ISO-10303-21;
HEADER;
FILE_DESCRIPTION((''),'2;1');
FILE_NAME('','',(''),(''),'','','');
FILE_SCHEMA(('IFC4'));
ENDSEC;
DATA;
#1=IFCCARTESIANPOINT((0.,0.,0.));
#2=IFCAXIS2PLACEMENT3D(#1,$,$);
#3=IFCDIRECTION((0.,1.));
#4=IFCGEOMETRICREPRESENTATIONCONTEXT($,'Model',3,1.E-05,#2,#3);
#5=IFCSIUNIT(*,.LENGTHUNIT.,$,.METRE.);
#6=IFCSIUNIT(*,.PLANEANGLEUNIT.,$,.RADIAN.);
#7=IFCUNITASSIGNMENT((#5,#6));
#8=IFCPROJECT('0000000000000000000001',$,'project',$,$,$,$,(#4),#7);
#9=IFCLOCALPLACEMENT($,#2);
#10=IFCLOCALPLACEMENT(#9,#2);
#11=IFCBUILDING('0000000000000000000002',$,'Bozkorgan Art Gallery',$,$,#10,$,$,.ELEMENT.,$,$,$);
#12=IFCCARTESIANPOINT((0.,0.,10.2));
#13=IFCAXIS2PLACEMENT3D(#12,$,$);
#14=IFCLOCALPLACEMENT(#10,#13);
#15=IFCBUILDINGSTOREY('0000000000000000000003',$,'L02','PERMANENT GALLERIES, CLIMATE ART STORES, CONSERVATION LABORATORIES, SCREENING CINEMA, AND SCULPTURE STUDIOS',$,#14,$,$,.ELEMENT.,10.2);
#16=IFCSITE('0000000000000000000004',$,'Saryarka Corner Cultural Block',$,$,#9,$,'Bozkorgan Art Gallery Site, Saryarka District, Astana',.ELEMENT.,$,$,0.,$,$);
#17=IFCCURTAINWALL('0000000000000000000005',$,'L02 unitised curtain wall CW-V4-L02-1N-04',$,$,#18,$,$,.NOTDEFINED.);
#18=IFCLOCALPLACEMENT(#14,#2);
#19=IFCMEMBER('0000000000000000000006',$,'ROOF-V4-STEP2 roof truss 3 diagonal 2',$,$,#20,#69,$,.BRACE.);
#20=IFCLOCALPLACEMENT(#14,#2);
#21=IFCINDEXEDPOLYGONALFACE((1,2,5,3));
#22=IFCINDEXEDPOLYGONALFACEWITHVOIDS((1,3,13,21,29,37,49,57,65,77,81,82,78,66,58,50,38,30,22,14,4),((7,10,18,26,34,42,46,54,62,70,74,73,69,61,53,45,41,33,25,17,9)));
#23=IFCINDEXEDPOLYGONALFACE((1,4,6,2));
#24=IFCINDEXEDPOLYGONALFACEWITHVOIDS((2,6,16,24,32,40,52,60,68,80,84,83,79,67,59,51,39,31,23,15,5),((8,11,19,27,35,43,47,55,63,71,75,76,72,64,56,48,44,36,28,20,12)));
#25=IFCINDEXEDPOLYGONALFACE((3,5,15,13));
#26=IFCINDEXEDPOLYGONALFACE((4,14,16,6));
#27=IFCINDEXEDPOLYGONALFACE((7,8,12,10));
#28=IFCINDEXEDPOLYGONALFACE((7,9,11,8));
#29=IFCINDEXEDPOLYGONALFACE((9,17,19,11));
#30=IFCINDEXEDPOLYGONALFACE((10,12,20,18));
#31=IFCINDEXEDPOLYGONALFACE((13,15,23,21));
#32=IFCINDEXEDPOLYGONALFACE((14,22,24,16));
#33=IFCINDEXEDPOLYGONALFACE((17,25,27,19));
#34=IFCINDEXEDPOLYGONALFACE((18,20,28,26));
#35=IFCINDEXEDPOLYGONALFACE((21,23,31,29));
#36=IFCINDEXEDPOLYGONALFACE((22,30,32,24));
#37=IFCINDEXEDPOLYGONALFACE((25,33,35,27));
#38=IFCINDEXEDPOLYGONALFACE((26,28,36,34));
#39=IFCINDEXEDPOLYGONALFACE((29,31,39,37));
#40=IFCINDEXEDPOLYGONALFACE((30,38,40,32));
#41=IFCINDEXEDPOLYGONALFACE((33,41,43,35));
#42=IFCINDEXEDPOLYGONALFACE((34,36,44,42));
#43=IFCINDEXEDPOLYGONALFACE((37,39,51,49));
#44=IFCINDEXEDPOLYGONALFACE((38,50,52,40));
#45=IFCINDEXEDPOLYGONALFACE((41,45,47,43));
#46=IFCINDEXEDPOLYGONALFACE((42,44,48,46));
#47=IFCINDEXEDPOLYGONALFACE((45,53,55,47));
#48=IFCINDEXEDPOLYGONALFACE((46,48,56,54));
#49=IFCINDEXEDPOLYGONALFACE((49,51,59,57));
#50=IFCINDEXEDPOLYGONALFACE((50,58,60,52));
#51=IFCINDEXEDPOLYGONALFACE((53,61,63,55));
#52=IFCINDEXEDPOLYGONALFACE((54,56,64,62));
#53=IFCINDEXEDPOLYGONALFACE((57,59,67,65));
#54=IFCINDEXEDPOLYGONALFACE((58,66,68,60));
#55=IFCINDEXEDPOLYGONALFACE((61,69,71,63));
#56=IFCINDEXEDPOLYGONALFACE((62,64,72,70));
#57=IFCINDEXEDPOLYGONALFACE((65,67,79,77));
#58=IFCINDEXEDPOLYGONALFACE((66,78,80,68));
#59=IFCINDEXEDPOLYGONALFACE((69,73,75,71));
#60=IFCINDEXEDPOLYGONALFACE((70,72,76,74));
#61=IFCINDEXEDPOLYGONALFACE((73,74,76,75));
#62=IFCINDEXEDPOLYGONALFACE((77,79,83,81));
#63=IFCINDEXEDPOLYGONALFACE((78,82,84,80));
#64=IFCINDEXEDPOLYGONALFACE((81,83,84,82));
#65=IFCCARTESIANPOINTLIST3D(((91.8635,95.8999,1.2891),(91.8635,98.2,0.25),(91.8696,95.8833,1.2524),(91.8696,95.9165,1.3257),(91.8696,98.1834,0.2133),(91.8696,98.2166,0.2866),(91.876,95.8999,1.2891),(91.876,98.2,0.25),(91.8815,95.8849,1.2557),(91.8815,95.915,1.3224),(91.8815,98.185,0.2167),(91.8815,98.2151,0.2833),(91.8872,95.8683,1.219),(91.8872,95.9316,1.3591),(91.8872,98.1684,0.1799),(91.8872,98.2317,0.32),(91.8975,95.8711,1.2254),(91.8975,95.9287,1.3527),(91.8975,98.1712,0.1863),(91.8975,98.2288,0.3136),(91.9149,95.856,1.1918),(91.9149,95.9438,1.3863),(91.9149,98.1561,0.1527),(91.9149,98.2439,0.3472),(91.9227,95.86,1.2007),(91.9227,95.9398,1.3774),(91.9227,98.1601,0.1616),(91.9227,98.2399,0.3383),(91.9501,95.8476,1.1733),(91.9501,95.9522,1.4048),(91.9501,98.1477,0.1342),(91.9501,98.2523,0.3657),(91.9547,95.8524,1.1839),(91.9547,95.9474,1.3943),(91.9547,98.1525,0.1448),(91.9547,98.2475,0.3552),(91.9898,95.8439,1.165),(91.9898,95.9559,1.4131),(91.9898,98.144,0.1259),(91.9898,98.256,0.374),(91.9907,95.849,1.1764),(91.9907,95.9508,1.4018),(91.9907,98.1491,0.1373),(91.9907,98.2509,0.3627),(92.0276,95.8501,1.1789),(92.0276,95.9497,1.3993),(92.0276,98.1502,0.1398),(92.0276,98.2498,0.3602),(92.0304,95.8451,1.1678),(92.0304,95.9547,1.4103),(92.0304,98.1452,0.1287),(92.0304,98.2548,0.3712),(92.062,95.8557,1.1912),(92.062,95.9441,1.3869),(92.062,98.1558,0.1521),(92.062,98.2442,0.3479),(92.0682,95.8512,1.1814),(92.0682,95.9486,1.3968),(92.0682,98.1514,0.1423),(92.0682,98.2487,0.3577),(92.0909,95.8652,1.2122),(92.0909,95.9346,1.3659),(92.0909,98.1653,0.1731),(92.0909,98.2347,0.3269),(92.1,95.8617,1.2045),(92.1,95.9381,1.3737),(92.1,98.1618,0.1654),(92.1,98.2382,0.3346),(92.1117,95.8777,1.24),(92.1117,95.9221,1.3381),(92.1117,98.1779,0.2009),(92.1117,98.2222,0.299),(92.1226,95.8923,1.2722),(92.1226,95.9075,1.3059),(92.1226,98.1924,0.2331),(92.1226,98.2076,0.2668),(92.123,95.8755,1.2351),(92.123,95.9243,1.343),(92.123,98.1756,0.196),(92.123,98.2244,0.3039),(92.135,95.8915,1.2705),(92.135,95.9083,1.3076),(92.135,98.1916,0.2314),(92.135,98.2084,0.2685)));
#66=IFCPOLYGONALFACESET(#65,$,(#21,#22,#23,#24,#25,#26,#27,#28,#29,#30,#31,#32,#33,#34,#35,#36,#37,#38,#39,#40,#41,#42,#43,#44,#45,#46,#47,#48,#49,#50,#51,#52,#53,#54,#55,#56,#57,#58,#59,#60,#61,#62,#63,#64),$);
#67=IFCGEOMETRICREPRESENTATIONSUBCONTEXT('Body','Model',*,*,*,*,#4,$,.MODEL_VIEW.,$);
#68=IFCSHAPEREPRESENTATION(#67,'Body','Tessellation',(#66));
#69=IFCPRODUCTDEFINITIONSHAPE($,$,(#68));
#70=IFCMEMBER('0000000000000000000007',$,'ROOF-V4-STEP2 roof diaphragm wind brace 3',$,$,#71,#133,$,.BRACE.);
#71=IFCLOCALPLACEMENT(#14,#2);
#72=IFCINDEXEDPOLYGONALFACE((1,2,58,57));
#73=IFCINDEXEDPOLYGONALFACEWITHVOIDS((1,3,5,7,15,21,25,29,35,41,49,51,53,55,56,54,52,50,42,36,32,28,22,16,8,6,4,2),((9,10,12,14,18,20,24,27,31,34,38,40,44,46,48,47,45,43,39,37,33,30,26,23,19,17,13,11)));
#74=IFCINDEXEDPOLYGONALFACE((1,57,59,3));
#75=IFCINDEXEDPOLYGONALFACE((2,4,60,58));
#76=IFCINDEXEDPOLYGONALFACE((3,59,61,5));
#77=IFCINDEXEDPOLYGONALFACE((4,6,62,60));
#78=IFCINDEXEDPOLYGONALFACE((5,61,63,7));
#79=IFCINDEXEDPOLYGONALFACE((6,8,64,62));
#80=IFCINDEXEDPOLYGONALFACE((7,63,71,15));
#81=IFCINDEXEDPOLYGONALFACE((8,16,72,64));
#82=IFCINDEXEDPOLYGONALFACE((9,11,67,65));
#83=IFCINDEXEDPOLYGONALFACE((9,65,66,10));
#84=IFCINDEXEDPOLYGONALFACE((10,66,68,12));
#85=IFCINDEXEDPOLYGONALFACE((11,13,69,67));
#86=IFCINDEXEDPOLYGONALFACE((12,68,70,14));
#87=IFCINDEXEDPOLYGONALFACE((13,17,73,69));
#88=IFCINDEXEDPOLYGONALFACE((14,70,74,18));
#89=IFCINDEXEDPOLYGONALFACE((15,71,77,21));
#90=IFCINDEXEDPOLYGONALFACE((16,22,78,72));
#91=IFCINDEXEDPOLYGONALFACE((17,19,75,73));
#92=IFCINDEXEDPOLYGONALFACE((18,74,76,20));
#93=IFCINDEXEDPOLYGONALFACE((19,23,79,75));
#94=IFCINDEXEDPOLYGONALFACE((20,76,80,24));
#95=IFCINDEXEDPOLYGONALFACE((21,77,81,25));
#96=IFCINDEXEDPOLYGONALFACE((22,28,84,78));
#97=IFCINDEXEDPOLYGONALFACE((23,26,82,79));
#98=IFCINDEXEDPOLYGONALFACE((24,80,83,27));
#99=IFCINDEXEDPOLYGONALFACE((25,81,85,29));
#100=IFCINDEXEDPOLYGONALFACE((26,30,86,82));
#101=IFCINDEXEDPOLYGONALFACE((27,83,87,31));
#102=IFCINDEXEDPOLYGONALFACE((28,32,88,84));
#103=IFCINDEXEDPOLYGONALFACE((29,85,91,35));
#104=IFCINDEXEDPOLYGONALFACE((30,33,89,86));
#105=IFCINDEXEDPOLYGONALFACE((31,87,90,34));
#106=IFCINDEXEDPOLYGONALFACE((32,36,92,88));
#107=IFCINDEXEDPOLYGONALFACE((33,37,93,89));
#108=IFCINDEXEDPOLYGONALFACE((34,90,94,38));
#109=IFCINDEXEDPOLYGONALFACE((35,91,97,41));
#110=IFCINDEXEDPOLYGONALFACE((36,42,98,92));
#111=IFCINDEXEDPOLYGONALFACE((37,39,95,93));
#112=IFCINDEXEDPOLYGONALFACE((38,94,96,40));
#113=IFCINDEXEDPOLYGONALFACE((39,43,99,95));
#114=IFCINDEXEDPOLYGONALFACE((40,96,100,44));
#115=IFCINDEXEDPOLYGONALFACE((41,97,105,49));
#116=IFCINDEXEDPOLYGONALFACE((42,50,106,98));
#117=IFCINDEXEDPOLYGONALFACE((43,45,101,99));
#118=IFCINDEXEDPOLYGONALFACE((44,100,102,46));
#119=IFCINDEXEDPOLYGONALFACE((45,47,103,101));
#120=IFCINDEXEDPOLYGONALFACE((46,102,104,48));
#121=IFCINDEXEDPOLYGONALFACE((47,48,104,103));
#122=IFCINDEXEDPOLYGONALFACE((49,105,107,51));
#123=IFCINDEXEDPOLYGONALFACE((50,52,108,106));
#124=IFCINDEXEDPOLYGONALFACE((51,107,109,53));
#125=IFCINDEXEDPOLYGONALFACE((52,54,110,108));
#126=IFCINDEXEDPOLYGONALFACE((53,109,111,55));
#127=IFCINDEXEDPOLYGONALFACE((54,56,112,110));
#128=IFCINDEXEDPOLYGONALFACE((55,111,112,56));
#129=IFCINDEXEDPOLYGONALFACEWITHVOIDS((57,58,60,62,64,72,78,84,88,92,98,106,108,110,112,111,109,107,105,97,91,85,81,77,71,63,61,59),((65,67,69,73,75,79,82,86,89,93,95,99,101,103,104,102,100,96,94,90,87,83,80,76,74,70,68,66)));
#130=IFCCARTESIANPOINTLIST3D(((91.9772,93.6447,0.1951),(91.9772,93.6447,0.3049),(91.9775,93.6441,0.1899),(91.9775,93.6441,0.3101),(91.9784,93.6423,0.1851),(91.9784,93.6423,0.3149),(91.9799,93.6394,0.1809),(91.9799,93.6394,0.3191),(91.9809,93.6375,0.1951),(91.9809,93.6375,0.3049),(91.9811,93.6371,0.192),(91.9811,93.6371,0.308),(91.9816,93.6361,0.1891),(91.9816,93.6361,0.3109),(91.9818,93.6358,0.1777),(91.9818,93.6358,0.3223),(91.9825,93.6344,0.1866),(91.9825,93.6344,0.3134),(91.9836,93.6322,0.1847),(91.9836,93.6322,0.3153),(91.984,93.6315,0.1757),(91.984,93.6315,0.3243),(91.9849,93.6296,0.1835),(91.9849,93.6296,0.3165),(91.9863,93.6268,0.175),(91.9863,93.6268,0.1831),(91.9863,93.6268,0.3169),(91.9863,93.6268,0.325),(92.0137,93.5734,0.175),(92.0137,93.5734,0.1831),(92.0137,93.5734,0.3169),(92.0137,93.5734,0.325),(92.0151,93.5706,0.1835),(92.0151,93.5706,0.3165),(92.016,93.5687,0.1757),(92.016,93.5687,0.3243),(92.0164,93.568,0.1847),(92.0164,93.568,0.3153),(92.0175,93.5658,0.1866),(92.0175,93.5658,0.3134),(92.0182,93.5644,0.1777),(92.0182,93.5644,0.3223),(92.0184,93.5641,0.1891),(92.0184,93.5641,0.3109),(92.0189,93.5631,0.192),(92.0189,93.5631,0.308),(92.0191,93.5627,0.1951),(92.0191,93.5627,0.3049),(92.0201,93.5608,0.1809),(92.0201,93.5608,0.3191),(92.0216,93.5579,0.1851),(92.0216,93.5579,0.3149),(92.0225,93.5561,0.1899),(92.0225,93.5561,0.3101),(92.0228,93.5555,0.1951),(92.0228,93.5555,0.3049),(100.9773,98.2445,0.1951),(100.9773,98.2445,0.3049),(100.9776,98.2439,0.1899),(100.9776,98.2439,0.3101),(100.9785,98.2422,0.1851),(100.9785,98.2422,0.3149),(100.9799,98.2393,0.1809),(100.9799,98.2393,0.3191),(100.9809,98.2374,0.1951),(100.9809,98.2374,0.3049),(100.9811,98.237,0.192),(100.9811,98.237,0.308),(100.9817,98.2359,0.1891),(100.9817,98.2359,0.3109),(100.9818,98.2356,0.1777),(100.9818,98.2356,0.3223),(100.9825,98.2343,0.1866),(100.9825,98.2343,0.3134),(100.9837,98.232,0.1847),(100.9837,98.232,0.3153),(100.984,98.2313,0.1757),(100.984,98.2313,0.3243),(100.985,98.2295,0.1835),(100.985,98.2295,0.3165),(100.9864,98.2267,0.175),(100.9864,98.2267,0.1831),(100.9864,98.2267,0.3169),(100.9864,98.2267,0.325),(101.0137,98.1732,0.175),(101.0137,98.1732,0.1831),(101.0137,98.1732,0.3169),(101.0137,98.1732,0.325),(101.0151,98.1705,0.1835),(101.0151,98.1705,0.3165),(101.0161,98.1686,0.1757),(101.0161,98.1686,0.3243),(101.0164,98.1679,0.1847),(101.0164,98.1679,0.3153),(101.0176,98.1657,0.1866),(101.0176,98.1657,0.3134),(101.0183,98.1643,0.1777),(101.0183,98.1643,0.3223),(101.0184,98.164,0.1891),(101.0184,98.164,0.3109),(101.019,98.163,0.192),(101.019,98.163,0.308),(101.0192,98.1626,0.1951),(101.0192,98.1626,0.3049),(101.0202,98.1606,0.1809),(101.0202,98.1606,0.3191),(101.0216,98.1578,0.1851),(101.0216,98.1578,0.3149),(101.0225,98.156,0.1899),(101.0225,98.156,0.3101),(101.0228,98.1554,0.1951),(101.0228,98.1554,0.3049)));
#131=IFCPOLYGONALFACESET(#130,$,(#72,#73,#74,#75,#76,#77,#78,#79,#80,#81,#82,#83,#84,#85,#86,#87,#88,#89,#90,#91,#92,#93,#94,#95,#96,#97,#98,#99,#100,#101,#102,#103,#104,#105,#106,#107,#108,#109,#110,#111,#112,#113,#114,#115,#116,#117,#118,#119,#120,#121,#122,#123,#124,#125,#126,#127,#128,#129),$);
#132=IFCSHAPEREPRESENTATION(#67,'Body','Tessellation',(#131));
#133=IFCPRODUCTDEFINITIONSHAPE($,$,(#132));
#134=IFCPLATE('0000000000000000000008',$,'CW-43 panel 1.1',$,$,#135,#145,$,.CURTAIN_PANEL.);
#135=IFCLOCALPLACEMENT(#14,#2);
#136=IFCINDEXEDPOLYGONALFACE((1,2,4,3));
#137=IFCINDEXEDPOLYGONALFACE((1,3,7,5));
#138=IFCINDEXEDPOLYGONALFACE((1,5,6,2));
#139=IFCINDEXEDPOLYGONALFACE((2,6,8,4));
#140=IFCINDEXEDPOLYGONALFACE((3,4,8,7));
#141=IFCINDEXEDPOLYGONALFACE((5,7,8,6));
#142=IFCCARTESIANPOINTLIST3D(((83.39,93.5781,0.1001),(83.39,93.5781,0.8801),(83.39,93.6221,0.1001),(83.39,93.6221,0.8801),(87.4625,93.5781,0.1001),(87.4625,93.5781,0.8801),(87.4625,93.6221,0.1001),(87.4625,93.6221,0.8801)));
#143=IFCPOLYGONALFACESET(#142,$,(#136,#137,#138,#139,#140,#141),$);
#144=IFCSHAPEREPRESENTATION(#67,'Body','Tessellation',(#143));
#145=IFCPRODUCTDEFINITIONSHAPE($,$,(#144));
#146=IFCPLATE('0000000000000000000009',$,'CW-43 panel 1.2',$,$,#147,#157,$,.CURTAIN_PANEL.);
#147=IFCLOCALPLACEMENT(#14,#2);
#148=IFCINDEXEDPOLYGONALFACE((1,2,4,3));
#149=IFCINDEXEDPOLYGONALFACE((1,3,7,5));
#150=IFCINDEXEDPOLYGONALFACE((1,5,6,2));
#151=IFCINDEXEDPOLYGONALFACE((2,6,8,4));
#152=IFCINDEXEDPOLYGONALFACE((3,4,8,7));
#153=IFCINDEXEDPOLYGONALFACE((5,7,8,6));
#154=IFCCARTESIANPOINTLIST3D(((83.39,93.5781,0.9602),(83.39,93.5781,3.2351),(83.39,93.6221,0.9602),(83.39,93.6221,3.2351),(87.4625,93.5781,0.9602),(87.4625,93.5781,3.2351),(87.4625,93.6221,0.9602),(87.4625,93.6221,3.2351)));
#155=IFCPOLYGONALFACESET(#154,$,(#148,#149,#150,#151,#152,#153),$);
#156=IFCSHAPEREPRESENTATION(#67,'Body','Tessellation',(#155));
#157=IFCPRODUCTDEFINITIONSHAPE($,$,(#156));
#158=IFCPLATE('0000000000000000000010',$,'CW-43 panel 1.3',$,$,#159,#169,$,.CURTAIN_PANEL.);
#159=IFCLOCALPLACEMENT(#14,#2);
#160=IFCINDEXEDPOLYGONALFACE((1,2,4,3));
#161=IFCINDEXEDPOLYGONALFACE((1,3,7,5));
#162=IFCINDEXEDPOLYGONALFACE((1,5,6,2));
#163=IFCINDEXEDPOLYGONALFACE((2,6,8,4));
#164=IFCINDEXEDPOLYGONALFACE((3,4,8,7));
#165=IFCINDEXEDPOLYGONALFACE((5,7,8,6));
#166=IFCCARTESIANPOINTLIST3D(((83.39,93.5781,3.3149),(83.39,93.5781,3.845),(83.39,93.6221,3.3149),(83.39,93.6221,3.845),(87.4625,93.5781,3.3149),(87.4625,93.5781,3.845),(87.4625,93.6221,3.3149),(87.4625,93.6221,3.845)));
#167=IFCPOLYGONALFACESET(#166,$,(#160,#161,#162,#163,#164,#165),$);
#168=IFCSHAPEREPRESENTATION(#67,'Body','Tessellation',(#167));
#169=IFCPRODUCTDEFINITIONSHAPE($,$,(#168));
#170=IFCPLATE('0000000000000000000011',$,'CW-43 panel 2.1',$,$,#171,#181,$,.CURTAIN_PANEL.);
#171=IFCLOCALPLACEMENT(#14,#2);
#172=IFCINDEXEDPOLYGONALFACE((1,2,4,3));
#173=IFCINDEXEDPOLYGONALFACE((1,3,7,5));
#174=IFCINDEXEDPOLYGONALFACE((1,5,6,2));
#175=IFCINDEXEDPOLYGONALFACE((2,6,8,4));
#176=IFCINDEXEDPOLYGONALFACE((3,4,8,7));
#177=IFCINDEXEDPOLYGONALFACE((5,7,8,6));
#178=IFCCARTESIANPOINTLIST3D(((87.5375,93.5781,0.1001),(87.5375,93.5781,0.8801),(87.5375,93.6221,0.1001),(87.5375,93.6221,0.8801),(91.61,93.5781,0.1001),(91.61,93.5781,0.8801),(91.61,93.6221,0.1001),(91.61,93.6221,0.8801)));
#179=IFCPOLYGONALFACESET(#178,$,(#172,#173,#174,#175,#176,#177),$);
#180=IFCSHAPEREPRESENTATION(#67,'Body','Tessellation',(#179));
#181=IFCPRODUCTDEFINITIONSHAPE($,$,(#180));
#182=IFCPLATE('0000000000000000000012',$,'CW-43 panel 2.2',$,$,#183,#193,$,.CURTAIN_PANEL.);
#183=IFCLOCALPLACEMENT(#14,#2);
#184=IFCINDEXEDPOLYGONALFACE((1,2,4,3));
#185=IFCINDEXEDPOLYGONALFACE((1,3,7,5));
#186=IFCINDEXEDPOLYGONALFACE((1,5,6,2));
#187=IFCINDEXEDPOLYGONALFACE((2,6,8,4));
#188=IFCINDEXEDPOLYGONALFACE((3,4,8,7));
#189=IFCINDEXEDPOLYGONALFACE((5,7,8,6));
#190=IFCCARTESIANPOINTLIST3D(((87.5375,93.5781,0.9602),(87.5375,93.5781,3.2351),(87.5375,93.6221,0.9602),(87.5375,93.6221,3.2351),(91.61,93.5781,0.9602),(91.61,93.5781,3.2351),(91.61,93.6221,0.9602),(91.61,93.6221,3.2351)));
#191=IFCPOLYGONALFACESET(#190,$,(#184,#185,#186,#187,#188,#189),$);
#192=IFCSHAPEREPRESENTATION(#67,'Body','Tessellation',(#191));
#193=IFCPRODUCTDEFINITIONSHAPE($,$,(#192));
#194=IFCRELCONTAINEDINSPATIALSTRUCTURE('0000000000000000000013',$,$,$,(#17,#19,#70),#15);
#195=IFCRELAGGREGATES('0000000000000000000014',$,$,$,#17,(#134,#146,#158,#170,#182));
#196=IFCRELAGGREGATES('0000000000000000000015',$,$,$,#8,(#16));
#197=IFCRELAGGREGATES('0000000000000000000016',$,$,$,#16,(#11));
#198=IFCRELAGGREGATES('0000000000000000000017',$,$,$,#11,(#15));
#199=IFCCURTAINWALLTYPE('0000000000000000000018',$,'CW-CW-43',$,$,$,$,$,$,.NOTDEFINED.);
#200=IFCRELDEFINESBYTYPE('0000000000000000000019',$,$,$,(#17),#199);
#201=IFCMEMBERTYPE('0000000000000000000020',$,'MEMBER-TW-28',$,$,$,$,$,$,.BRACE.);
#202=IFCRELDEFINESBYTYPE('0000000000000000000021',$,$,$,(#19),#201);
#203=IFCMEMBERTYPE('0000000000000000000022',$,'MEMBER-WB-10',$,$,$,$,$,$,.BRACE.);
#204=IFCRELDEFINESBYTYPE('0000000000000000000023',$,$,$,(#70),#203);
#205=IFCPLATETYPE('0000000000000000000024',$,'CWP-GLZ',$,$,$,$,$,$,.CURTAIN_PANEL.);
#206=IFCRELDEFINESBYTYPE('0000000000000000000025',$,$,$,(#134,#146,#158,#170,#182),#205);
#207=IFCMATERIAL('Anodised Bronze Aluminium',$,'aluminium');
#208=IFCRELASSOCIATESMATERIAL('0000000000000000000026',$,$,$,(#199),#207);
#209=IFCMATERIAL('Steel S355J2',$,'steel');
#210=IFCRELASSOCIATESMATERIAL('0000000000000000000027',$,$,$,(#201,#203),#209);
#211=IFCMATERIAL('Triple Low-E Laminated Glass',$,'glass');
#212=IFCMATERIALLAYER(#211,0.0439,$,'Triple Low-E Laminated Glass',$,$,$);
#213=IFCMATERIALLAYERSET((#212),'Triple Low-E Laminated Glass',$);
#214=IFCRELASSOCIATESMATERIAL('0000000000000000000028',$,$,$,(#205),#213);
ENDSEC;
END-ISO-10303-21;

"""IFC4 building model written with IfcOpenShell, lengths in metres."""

from ifc_helpers import new_model, si_unit, direction, frame, origin, origin_2d, place, context, subcontext, project, spatial, rectangle, hollow_rectangle, hollow_circle, extrude, material, layer, layer_set, material_profile, profile_set, type_object, element, aggregate, save


model = new_model("IFC4")

# Units and contexts
model_context = context("Model", 3, precision=1e-05, world=origin(), true_north=direction((0.0, 1.0)))
body_context = subcontext(model_context, "Body", "Model", "MODEL_VIEW")
ifc_project = project(units=[si_unit("LENGTHUNIT", "METRE"), si_unit("PLANEANGLEUNIT", "RADIAN")], contexts=[model_context])

# Site, building, storey
site_placement = place(None, origin())
site = spatial("IfcSite", under=ifc_project, at=site_placement, Name="Saryarka Corner Cultural Block", LongName="Bozkorgan Art Gallery Site, Saryarka District, Astana", CompositionType="ELEMENT", RefElevation=0.0)
building_placement = place(site_placement, origin())
building = spatial("IfcBuilding", under=site, at=building_placement, Name="Bozkorgan Art Gallery", CompositionType="ELEMENT")
storey_placement = place(building_placement, frame((0.0, 0.0, 10.2)))
storey = spatial("IfcBuildingStorey", under=building, at=storey_placement, Name="L02", Description="PERMANENT GALLERIES, CLIMATE ART STORES, CONSERVATION LABORATORIES, SCREENING CINEMA, AND SCULPTURE STUDIOS", CompositionType="ELEMENT", Elevation=10.2)

# Shared definitions
ifc_material_1 = material(Name="Steel S355J2", Category="steel")

# Curtain wall
ifc_material_2 = material(Name="Anodised Bronze Aluminium", Category="aluminium")
curtain_wall_type = type_object("IfcCurtainWallType", Name="CW-CW-43", PredefinedType="NOTDEFINED", material=ifc_material_2)
curtain_wall_placement = place(storey_placement, origin())
curtain_wall = element("IfcCurtainWall", 1, at=curtain_wall_placement, inside=storey, type_object=curtain_wall_type, Name="L02 unitised curtain wall CW-V4-L02-1N-04", PredefinedType="NOTDEFINED")

# Members
ifc_material_profile_1 = material_profile(ifc_material_1, hollow_circle(Radius=0.1365, WallThickness=0.0125, at=origin_2d()), Name="CHS 273x12.5")
ifc_profile_set_1 = profile_set([ifc_material_profile_1], Name="Steel S355J2")
member_type_1 = type_object("IfcMemberType", Name="MEMBER-TW-28", PredefinedType="BRACE", material=ifc_profile_set_1)
member_1_placement = place(storey_placement, frame((92.0, 95.8999, 1.2891), z_axis=(0.0, 0.911321, -0.411696), x_axis=(-1.0, 0.0, 0.0)))
element("IfcMember", 2, at=member_1_placement, inside=storey, type_object=member_type_1, Name="ROOF-V4-STEP2 roof truss 3 diagonal 2", PredefinedType="BRACE", context=body_context, shape_type="SweptSolid", body=[
    extrude(hollow_circle(Radius=0.1365, WallThickness=0.0125, at=origin_2d()), origin(), (0.0, 0.0, 1.0), 2.5239),
])
ifc_material_profile_2 = material_profile(ifc_material_1, hollow_rectangle(XDim=0.1001, YDim=0.1499, WallThickness=0.0081, InnerFilletRadius=0.012, OuterFilletRadius=0.02, at=origin_2d()), Name="RHS 150x100x8")
ifc_profile_set_2 = profile_set([ifc_material_profile_2], Name="Steel S355J2")
member_type_2 = type_object("IfcMemberType", Name="MEMBER-WB-10", PredefinedType="BRACE", material=ifc_profile_set_2)
member_2_placement = place(storey_placement, frame((92.0, 93.6001, 0.25), z_axis=(0.890441, 0.4551, 0.0), x_axis=(-0.4551, 0.890441, 0.0)))
element("IfcMember", 3, at=member_2_placement, inside=storey, type_object=member_type_2, Name="ROOF-V4-STEP2 roof diaphragm wind brace 3", PredefinedType="BRACE", context=body_context, shape_type="SweptSolid", body=[
    extrude(hollow_rectangle(XDim=0.1001, YDim=0.1499, WallThickness=0.0081, InnerFilletRadius=0.012, OuterFilletRadius=0.02, at=origin_2d()), origin(), (0.0, 0.0, 1.0), 10.1074),
])

# Plates
ifc_material_3 = material(Name="Triple Low-E Laminated Glass", Category="glass")
ifc_layer_1 = layer(ifc_material_3, 0.0439, Name="Triple Low-E Laminated Glass")
ifc_layer_set_1 = layer_set([ifc_layer_1], Name="Triple Low-E Laminated Glass")
plate_type_1 = type_object("IfcPlateType", Name="CWP-GLZ", PredefinedType="CURTAIN_PANEL", material=ifc_layer_set_1)
plate_1_placement = place(storey_placement, frame((85.4263, 93.6001, 0.1001), z_axis=(0.0, 0.0, 1.0), x_axis=(1.0, 0.0, 0.0)))
plate_1 = element("IfcPlate", 4, at=plate_1_placement, type_object=plate_type_1, Name="CW-43 panel 1.1", PredefinedType="CURTAIN_PANEL", context=body_context, shape_type="SweptSolid", body=[
    extrude(rectangle(XDim=4.0725, YDim=0.0439, at=origin_2d()), origin(), (0.0, 0.0, 1.0), 0.78),
])
plate_2_placement = place(storey_placement, frame((85.4263, 93.6001, 0.9602), z_axis=(0.0, 0.0, 1.0), x_axis=(1.0, 0.0, 0.0)))
plate_2 = element("IfcPlate", 5, at=plate_2_placement, type_object=plate_type_1, Name="CW-43 panel 1.2", PredefinedType="CURTAIN_PANEL", context=body_context, shape_type="SweptSolid", body=[
    extrude(rectangle(XDim=4.0725, YDim=0.0439, at=origin_2d()), origin(), (0.0, 0.0, 1.0), 2.2749),
])
plate_3_placement = place(storey_placement, frame((85.4263, 93.6001, 3.3149), z_axis=(0.0, 0.0, 1.0), x_axis=(1.0, 0.0, 0.0)))
plate_3 = element("IfcPlate", 6, at=plate_3_placement, type_object=plate_type_1, Name="CW-43 panel 1.3", PredefinedType="CURTAIN_PANEL", context=body_context, shape_type="SweptSolid", body=[
    extrude(rectangle(XDim=4.0725, YDim=0.0439, at=origin_2d()), origin(), (0.0, 0.0, 1.0), 0.53),
])
plate_4_placement = place(storey_placement, frame((89.5737, 93.6001, 0.1001), z_axis=(0.0, 0.0, 1.0), x_axis=(1.0, 0.0, 0.0)))
plate_4 = element("IfcPlate", 7, at=plate_4_placement, type_object=plate_type_1, Name="CW-43 panel 2.1", PredefinedType="CURTAIN_PANEL", context=body_context, shape_type="SweptSolid", body=[
    extrude(rectangle(XDim=4.0725, YDim=0.0439, at=origin_2d()), origin(), (0.0, 0.0, 1.0), 0.78),
])
plate_5_placement = place(storey_placement, frame((89.5737, 93.6001, 0.9602), z_axis=(0.0, 0.0, 1.0), x_axis=(1.0, 0.0, 0.0)))
plate_5 = element("IfcPlate", 8, at=plate_5_placement, type_object=plate_type_1, Name="CW-43 panel 2.2", PredefinedType="CURTAIN_PANEL", context=body_context, shape_type="SweptSolid", body=[
    extrude(rectangle(XDim=4.0725, YDim=0.0439, at=origin_2d()), origin(), (0.0, 0.0, 1.0), 2.2749),
])
aggregate(curtain_wall, [plate_1, plate_2, plate_3, plate_4, plate_5])

save(model, "model.ifc")
